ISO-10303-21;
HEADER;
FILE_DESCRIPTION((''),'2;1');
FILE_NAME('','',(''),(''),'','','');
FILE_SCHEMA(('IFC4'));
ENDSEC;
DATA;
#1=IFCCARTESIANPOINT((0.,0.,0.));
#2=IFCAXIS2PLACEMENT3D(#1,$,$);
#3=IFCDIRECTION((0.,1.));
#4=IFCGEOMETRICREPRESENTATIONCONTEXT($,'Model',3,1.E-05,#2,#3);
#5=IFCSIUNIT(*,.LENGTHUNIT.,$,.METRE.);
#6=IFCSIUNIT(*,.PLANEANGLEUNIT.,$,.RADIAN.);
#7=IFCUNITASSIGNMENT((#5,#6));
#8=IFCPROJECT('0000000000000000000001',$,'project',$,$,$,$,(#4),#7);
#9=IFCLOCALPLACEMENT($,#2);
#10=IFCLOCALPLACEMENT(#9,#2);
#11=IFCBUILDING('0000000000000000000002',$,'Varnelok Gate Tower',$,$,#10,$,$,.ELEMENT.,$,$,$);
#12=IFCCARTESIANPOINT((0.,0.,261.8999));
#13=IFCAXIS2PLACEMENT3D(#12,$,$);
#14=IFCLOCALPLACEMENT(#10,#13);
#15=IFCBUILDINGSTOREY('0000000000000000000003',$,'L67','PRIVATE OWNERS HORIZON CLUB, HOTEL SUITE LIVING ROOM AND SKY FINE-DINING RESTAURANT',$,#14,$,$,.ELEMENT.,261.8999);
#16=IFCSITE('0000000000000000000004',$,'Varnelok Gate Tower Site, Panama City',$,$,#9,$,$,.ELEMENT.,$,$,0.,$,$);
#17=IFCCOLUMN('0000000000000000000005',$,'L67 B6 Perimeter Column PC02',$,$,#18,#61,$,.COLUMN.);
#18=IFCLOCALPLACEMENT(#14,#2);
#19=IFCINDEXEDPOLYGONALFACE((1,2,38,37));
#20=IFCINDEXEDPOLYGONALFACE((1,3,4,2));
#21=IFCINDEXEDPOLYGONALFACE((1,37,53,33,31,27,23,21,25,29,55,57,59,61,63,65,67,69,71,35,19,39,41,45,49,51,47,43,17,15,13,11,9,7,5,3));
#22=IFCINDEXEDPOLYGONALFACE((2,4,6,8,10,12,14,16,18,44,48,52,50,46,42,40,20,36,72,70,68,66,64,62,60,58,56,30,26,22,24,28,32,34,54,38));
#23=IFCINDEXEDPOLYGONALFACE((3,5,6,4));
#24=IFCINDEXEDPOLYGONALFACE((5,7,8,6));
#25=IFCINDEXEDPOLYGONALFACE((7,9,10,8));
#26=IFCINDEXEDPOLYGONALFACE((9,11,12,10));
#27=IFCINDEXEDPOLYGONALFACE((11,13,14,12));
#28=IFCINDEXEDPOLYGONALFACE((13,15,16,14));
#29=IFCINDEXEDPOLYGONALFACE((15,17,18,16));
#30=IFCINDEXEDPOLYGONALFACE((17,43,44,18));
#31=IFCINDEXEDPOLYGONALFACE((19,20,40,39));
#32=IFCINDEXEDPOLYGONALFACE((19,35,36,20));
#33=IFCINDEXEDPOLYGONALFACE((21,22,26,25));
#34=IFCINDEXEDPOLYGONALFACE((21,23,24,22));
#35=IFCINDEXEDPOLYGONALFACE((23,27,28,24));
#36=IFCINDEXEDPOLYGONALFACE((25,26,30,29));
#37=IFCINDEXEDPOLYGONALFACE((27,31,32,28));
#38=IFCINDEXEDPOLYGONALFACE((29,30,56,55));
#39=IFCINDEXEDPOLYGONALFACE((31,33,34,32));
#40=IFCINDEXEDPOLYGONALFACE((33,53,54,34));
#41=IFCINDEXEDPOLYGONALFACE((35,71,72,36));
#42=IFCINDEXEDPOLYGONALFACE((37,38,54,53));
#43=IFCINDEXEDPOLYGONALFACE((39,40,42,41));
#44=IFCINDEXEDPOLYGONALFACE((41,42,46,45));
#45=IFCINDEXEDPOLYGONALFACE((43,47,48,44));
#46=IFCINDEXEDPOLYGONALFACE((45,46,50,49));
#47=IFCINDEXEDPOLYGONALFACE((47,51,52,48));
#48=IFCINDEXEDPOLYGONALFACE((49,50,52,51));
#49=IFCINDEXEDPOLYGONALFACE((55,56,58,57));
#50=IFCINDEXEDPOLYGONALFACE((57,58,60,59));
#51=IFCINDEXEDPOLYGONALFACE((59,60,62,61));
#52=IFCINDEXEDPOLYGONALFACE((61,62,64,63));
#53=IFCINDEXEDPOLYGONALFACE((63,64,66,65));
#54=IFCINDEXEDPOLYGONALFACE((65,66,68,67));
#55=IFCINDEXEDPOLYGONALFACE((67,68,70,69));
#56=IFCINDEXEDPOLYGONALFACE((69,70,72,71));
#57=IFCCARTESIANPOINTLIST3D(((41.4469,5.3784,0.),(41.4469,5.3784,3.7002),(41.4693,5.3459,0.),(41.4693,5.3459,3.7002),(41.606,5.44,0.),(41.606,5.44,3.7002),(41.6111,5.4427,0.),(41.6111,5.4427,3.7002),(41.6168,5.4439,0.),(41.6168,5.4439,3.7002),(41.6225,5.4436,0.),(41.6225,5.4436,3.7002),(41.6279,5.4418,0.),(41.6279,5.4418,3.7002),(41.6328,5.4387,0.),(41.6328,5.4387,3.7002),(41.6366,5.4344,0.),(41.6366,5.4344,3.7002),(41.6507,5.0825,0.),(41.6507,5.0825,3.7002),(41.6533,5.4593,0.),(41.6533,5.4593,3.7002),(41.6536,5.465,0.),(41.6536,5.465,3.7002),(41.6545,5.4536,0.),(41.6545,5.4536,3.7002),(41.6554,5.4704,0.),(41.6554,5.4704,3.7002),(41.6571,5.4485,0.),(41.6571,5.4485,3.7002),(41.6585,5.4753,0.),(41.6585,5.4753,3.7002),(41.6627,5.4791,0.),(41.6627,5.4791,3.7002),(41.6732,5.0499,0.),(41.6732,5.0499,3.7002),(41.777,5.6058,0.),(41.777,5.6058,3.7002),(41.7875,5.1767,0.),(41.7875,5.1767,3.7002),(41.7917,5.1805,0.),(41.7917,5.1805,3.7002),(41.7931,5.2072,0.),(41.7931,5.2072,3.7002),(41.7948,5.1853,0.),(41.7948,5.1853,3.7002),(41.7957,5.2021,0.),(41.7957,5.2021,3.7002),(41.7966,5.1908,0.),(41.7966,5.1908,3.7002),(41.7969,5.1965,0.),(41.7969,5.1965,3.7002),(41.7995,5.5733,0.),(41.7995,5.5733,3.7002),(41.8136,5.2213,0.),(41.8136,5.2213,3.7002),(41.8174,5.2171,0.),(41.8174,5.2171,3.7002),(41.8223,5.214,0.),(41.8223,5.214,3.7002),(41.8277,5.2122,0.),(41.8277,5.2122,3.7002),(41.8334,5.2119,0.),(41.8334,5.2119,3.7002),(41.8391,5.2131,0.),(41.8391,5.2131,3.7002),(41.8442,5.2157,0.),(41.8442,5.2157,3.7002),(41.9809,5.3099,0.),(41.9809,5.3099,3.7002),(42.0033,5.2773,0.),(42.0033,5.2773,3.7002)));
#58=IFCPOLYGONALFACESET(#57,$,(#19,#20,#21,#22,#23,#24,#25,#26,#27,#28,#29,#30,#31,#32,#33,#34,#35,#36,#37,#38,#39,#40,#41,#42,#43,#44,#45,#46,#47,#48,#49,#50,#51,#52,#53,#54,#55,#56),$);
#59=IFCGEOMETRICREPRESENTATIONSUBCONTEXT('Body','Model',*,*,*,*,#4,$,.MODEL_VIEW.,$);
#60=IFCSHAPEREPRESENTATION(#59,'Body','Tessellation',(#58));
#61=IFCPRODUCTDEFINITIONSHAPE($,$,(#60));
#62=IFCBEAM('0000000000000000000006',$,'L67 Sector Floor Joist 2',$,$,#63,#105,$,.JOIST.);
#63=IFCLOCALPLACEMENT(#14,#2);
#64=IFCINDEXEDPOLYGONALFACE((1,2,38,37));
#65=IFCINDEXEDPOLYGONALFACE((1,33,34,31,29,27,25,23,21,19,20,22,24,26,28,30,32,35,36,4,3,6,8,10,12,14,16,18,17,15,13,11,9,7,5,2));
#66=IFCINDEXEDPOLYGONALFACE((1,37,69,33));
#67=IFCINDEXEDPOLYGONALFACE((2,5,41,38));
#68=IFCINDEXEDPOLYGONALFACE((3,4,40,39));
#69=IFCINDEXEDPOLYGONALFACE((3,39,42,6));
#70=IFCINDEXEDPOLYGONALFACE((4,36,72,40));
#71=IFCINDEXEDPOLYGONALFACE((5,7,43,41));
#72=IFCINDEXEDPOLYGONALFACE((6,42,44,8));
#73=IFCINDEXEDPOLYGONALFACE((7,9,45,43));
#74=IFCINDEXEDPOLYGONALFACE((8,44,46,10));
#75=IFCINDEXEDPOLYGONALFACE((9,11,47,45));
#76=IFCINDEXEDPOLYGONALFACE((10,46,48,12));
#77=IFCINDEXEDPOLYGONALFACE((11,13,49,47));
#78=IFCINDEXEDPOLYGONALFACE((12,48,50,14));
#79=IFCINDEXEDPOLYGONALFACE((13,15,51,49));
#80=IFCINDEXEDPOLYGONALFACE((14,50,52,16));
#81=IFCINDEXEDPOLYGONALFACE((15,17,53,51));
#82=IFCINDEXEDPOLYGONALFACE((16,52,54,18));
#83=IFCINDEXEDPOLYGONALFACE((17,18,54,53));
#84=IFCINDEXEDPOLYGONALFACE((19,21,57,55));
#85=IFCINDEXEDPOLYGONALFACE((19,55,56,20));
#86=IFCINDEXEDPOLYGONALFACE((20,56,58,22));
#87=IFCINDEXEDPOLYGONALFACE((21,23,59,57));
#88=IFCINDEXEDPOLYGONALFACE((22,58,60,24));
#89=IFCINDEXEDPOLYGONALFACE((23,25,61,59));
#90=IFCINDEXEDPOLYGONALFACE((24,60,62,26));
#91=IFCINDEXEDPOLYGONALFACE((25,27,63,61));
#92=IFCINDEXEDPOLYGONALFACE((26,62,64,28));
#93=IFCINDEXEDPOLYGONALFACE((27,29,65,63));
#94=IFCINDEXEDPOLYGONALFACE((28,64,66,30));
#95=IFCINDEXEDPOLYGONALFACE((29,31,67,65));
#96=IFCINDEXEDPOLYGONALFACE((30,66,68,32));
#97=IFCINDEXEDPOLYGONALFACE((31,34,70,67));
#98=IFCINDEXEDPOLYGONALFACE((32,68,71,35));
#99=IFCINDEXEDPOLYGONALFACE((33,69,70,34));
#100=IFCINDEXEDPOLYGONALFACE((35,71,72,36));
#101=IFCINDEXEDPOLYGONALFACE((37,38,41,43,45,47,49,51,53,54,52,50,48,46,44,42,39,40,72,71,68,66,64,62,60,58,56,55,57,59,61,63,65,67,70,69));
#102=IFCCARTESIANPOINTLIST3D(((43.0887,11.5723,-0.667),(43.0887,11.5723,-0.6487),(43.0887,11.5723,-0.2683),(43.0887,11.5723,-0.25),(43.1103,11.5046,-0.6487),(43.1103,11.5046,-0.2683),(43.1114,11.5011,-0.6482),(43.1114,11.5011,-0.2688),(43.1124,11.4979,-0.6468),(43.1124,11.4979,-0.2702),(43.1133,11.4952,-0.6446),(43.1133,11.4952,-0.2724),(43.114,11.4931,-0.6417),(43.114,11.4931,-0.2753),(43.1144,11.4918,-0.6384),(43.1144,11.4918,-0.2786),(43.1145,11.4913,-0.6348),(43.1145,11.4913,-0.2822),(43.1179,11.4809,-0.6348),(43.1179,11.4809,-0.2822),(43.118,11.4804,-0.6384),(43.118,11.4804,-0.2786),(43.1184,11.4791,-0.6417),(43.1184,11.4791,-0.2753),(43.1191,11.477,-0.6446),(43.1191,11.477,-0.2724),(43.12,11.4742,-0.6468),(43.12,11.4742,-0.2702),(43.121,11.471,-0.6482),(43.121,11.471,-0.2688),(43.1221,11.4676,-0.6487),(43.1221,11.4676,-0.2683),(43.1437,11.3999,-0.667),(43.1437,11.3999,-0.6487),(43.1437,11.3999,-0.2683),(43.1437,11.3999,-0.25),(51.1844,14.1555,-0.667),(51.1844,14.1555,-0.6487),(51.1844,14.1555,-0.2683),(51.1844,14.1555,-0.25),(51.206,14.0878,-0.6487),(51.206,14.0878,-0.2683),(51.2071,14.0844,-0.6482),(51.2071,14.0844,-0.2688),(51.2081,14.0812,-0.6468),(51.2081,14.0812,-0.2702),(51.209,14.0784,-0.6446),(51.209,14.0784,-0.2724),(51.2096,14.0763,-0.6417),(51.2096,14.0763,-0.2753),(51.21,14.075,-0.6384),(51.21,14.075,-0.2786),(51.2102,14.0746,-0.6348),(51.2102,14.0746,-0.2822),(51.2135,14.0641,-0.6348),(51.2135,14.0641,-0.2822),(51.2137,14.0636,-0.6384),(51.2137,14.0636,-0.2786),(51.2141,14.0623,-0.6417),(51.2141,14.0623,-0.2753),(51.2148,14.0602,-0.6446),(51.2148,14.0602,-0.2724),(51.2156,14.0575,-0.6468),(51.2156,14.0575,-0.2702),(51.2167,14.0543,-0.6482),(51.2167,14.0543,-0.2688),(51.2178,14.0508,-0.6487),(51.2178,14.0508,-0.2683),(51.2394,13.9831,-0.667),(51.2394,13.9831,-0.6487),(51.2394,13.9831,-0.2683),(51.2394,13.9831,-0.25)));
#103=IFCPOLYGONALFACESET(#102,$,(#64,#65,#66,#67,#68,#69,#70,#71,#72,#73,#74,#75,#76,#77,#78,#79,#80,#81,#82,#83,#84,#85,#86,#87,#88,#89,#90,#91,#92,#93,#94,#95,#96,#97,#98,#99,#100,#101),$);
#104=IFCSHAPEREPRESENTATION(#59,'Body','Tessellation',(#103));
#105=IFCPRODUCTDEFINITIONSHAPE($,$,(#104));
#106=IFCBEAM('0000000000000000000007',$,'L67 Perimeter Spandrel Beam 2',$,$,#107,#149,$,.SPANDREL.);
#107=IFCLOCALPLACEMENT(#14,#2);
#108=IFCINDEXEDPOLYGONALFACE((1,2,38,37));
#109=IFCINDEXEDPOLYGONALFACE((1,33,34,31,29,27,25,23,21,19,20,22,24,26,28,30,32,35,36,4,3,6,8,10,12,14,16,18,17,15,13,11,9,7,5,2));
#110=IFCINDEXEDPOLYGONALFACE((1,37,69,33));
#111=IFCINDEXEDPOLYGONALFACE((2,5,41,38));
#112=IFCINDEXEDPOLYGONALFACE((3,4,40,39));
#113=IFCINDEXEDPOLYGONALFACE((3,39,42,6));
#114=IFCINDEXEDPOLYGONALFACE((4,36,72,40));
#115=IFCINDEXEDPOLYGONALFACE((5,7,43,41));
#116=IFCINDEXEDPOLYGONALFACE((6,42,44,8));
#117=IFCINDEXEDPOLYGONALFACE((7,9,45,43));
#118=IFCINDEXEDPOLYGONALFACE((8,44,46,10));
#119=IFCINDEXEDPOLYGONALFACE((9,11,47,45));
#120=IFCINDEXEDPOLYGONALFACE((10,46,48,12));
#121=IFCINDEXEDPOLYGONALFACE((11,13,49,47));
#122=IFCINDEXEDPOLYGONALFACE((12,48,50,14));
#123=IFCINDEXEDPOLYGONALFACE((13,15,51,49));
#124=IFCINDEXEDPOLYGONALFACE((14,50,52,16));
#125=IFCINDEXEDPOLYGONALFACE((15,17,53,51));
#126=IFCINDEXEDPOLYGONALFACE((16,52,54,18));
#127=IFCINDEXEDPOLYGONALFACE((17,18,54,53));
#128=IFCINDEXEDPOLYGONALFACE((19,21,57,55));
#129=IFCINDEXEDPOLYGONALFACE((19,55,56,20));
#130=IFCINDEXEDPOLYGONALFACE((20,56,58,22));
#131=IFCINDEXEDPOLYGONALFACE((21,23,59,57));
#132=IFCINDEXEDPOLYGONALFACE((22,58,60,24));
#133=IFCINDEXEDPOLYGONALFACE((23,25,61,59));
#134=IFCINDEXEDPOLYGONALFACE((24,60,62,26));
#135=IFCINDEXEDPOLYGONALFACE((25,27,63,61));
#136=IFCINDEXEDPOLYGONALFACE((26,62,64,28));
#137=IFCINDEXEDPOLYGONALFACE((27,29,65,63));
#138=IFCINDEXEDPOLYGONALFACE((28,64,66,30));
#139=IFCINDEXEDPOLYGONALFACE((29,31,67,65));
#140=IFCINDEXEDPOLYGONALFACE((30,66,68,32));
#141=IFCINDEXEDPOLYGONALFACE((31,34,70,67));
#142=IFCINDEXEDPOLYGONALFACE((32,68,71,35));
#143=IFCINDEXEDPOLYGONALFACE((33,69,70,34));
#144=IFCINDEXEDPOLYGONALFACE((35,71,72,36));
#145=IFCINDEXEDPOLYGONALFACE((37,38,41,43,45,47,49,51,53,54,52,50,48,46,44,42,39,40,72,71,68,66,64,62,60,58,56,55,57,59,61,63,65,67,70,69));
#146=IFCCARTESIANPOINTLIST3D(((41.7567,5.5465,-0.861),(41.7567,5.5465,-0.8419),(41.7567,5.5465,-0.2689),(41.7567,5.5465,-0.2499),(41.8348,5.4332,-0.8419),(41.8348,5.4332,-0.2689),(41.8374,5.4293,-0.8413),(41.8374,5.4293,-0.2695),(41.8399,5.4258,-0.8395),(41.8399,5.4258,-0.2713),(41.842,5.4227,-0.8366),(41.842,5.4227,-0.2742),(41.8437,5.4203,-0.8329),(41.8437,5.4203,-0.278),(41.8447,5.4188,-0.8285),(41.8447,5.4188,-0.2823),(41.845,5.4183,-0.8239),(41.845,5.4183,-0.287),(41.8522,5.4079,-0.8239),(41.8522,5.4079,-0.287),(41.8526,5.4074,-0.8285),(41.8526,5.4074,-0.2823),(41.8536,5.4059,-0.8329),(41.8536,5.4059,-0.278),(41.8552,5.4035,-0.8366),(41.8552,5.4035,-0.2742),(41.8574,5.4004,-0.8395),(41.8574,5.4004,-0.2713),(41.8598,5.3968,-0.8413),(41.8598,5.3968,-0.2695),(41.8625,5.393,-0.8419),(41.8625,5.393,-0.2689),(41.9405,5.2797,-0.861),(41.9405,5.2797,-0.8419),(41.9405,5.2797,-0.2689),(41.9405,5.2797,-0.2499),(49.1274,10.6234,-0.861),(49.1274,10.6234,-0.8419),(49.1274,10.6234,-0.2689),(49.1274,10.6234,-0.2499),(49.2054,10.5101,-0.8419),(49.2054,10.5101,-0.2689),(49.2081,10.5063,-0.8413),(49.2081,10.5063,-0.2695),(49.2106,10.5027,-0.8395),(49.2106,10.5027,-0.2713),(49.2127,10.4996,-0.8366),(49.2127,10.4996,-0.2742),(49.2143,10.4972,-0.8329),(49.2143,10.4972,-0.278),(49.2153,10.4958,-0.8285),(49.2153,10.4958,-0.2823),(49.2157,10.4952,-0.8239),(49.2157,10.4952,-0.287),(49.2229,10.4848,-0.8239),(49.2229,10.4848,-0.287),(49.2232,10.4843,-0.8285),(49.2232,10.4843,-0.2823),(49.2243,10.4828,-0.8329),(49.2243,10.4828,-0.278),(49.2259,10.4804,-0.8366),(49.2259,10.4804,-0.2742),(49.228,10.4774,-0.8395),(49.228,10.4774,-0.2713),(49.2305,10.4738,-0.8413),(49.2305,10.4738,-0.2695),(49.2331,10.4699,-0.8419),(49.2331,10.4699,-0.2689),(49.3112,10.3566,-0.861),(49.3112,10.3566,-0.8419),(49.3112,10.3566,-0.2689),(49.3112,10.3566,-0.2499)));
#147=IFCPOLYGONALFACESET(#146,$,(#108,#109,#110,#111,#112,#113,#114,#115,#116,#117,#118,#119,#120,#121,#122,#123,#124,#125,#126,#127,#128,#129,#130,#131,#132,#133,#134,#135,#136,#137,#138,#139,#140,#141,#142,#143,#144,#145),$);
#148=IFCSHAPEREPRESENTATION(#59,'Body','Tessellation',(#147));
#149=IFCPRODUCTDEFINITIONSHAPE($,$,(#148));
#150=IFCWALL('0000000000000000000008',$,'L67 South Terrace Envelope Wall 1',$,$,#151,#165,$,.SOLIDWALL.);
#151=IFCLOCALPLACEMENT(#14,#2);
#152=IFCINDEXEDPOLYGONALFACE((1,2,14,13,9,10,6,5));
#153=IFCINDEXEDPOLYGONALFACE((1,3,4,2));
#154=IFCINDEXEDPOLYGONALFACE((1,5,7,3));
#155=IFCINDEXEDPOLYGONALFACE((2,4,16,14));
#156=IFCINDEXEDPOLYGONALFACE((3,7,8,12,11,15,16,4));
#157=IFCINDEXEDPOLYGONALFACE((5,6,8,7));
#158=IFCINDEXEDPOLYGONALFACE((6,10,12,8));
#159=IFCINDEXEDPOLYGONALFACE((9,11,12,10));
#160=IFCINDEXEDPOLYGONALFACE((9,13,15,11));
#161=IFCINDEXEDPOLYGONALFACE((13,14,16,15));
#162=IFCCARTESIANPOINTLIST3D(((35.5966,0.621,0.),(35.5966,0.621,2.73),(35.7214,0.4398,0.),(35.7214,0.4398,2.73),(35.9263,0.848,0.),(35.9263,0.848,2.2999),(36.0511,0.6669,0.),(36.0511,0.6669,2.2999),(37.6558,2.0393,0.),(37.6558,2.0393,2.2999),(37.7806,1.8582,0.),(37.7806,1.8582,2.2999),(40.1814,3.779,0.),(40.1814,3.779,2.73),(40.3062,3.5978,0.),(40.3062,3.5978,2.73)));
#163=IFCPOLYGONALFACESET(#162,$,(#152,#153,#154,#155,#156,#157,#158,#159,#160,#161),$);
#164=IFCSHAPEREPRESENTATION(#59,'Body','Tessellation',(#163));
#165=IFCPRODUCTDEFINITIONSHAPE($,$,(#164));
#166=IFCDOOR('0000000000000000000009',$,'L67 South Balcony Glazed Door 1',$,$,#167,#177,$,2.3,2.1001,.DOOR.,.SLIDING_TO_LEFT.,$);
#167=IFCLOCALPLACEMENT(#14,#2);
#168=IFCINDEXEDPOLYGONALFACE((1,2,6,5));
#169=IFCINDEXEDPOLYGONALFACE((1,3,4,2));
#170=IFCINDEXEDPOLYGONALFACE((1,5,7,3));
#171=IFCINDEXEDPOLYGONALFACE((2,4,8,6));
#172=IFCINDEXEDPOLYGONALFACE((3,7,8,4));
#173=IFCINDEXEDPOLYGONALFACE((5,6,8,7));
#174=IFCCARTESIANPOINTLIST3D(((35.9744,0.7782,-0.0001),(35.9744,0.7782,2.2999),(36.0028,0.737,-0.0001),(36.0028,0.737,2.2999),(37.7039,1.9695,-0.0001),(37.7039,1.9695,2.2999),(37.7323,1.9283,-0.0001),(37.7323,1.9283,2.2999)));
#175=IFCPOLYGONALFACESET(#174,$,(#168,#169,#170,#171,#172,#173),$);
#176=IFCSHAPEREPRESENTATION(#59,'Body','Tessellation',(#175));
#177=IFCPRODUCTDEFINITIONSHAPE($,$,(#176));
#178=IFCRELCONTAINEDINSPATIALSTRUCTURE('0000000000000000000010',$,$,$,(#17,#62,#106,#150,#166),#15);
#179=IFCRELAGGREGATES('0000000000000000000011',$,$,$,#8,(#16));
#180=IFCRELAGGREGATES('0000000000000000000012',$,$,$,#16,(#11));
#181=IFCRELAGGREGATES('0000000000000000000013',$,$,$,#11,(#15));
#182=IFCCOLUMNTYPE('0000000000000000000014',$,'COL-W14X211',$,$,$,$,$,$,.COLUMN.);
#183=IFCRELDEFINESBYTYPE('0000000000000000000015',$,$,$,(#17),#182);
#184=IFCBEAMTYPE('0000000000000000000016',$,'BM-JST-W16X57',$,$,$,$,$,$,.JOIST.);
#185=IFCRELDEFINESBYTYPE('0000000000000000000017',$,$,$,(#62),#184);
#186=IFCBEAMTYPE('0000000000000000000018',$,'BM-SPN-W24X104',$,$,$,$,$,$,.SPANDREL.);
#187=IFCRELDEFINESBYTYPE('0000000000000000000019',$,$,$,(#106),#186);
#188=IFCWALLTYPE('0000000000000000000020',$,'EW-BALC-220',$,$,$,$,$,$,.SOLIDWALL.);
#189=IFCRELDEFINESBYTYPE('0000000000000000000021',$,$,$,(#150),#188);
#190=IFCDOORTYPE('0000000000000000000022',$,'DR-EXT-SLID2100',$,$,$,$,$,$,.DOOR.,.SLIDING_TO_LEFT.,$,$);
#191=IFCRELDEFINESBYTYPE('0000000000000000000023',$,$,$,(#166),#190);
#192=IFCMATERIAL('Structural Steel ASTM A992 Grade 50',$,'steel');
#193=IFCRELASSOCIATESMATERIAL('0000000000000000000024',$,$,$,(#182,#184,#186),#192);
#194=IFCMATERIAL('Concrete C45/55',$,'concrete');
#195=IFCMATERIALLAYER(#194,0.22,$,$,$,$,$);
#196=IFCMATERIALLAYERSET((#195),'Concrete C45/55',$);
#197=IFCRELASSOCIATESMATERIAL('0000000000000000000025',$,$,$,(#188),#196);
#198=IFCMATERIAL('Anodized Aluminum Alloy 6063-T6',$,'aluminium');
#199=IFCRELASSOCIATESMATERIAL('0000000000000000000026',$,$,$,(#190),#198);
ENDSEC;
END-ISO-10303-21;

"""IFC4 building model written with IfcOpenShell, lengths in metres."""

from ifc_helpers import new_model, si_unit, direction, frame, frame_2d, origin, origin_2d, place, context, subcontext, project, spatial, rectangle, i_section, extrude, material, layer, layer_set, material_profile, profile_set, type_object, element, fill, save


model = new_model("IFC4")

# Units and contexts
model_context = context("Model", 3, precision=1e-05, world=origin(), true_north=direction((0.0, 1.0)))
body_context = subcontext(model_context, "Body", "Model", "MODEL_VIEW")
ifc_project = project(units=[si_unit("LENGTHUNIT", "METRE"), si_unit("PLANEANGLEUNIT", "RADIAN")], contexts=[model_context])

# Site, building, storey
site_placement = place(None, origin())
site = spatial("IfcSite", under=ifc_project, at=site_placement, Name="Varnelok Gate Tower Site, Panama City", CompositionType="ELEMENT", RefElevation=0.0)
building_placement = place(site_placement, origin())
building = spatial("IfcBuilding", under=site, at=building_placement, Name="Varnelok Gate Tower", CompositionType="ELEMENT")
storey_placement = place(building_placement, frame((0.0, 0.0, 261.8999)))
storey = spatial("IfcBuildingStorey", under=building, at=storey_placement, Name="L67", Description="PRIVATE OWNERS HORIZON CLUB, HOTEL SUITE LIVING ROOM AND SKY FINE-DINING RESTAURANT", CompositionType="ELEMENT", Elevation=261.8999)

# Column
ifc_material_1 = material(Name="Structural Steel ASTM A992 Grade 50", Category="steel")
ifc_material_profile_1 = material_profile(ifc_material_1, i_section(OverallWidth=0.4009, OverallDepth=0.3989, WebThickness=0.0249, FlangeThickness=0.0396, FilletRadius=0.022, at=origin_2d()), Name="W14X211")
ifc_profile_set_1 = profile_set([ifc_material_profile_1], Name="Structural Steel ASTM A992 Grade 50")
column_type = type_object("IfcColumnType", Name="COL-W14X211", PredefinedType="COLUMN", material=ifc_profile_set_1)
column_placement = place(storey_placement, frame((41.7251, 5.3279, 0.0), z_axis=(0.0, 0.0, 1.0), x_axis=(0.823533, 0.567269, 0.0)))
element("IfcColumn", 1, at=column_placement, inside=storey, type_object=column_type, Name="L67 B6 Perimeter Column PC02", PredefinedType="COLUMN", context=body_context, shape_type="SweptSolid", body=[
    extrude(i_section(OverallWidth=0.4009, OverallDepth=0.3989, WebThickness=0.0249, FlangeThickness=0.0396, FilletRadius=0.022, at=origin_2d()), origin(), (0.0, 0.0, 1.0), 3.7002),
])

# Beams
ifc_material_profile_2 = material_profile(ifc_material_1, i_section(OverallWidth=0.1809, OverallDepth=0.417, WebThickness=0.011, FlangeThickness=0.0183, FilletRadius=0.0139, at=origin_2d()), Name="W16X57")
ifc_profile_set_2 = profile_set([ifc_material_profile_2], Name="Structural Steel ASTM A992 Grade 50")
beam_type_1 = type_object("IfcBeamType", Name="BM-JST-W16X57", PredefinedType="JOIST", material=ifc_profile_set_2)
beam_1_placement = place(storey_placement, frame((43.1162, 11.4861, -0.4585), z_axis=(0.952676, 0.303989, 0.0), x_axis=(-0.303989, 0.952676, 0.0)))
element("IfcBeam", 2, at=beam_1_placement, inside=storey, type_object=beam_type_1, Name="L67 Sector Floor Joist 2", PredefinedType="JOIST", context=body_context, shape_type="SweptSolid", body=[
    extrude(i_section(OverallWidth=0.1809, OverallDepth=0.417, WebThickness=0.011, FlangeThickness=0.0183, FilletRadius=0.0139, at=origin_2d()), origin(), (0.0, 0.0, 1.0), 8.4978),
])
ifc_material_profile_3 = material_profile(ifc_material_1, i_section(OverallWidth=0.324, OverallDepth=0.6111, WebThickness=0.0127, FlangeThickness=0.019, FilletRadius=0.0181, at=origin_2d()), Name="W24X104")
ifc_profile_set_3 = profile_set([ifc_material_profile_3], Name="Structural Steel ASTM A992 Grade 50")
beam_type_2 = type_object("IfcBeamType", Name="BM-SPN-W24X104", PredefinedType="SPANDREL", material=ifc_profile_set_3)
beam_2_placement = place(storey_placement, frame((41.8486, 5.4131, -0.5554), z_axis=(0.82354, 0.567258, 0.0), x_axis=(-0.567258, 0.82354, 0.0)))
element("IfcBeam", 3, at=beam_2_placement, inside=storey, type_object=beam_type_2, Name="L67 Perimeter Spandrel Beam 2", PredefinedType="SPANDREL", context=body_context, shape_type="SweptSolid", body=[
    extrude(i_section(OverallWidth=0.324, OverallDepth=0.6111, WebThickness=0.0127, FlangeThickness=0.019, FilletRadius=0.0181, at=origin_2d()), origin(), (0.0, 0.0, 1.0), 8.95),
])

# Wall, opening, door
ifc_material_2 = material(Name="Concrete C45/55", Category="concrete")
ifc_layer_1 = layer(ifc_material_2, 0.22)
ifc_layer_set_1 = layer_set([ifc_layer_1], Name="Concrete C45/55")
wall_type_1 = type_object("IfcWallType", Name="EW-BALC-220", PredefinedType="SOLIDWALL", material=ifc_layer_set_1)
wall_1_placement = place(storey_placement, frame((40.2439, 3.6885, 0.0), z_axis=(0.0, 0.0, 1.0), x_axis=(-0.823541, -0.567256, 0.0)))
wall_1 = element("IfcWall", 4, at=wall_1_placement, inside=storey, type_object=wall_type_1, Name="L67 South Terrace Envelope Wall 1", PredefinedType="SOLIDWALL", context=body_context, shape_type="SweptSolid", body=[
    extrude(rectangle(XDim=5.5671, YDim=0.22, at=frame_2d((2.7837, 0.0))), origin(), (0.0, 0.0, 1.0), 2.73),
])
opening_1_placement = place(wall_1_placement, frame((3.0669, 0.0, 0.0)))
opening_1 = element("IfcOpeningElement", 5, at=opening_1_placement, cuts=wall_1, PredefinedType="OPENING", context=body_context, shape_type="SweptSolid", body=[
    extrude(rectangle(XDim=2.1001, YDim=2.3, at=frame_2d((1.05, 1.1499))), frame((0.0, 0.1199, 0.0), z_axis=(0.0, -1.0, 0.0), x_axis=(1.0, 0.0, 0.0)), (0.0, 0.0, 1.0), 0.24),
])
ifc_material_3 = material(Name="Anodized Aluminum Alloy 6063-T6", Category="aluminium")
door_type_1 = type_object("IfcDoorType", Name="DR-EXT-SLID2100", OperationType="SLIDING_TO_LEFT", PredefinedType="DOOR", material=ifc_material_3)
door_1_placement = place(opening_1_placement, origin())
door_1 = element("IfcDoor", 6, at=door_1_placement, inside=storey, type_object=door_type_1, Name="L67 South Balcony Glazed Door 1", OperationType="SLIDING_TO_LEFT", OverallHeight=2.3, OverallWidth=2.1001, PredefinedType="DOOR", context=body_context, shape_type="SweptSolid", body=[
    extrude(rectangle(XDim=2.1001, YDim=2.3, at=frame_2d((1.05, 1.1499))), frame((0.0, 0.0249, 0.0), z_axis=(0.0, -1.0, 0.0), x_axis=(1.0, 0.0, 0.0)), (0.0, 0.0, 1.0), 0.05),
])
fill(opening_1, door_1)

save(model, "model.ifc")
